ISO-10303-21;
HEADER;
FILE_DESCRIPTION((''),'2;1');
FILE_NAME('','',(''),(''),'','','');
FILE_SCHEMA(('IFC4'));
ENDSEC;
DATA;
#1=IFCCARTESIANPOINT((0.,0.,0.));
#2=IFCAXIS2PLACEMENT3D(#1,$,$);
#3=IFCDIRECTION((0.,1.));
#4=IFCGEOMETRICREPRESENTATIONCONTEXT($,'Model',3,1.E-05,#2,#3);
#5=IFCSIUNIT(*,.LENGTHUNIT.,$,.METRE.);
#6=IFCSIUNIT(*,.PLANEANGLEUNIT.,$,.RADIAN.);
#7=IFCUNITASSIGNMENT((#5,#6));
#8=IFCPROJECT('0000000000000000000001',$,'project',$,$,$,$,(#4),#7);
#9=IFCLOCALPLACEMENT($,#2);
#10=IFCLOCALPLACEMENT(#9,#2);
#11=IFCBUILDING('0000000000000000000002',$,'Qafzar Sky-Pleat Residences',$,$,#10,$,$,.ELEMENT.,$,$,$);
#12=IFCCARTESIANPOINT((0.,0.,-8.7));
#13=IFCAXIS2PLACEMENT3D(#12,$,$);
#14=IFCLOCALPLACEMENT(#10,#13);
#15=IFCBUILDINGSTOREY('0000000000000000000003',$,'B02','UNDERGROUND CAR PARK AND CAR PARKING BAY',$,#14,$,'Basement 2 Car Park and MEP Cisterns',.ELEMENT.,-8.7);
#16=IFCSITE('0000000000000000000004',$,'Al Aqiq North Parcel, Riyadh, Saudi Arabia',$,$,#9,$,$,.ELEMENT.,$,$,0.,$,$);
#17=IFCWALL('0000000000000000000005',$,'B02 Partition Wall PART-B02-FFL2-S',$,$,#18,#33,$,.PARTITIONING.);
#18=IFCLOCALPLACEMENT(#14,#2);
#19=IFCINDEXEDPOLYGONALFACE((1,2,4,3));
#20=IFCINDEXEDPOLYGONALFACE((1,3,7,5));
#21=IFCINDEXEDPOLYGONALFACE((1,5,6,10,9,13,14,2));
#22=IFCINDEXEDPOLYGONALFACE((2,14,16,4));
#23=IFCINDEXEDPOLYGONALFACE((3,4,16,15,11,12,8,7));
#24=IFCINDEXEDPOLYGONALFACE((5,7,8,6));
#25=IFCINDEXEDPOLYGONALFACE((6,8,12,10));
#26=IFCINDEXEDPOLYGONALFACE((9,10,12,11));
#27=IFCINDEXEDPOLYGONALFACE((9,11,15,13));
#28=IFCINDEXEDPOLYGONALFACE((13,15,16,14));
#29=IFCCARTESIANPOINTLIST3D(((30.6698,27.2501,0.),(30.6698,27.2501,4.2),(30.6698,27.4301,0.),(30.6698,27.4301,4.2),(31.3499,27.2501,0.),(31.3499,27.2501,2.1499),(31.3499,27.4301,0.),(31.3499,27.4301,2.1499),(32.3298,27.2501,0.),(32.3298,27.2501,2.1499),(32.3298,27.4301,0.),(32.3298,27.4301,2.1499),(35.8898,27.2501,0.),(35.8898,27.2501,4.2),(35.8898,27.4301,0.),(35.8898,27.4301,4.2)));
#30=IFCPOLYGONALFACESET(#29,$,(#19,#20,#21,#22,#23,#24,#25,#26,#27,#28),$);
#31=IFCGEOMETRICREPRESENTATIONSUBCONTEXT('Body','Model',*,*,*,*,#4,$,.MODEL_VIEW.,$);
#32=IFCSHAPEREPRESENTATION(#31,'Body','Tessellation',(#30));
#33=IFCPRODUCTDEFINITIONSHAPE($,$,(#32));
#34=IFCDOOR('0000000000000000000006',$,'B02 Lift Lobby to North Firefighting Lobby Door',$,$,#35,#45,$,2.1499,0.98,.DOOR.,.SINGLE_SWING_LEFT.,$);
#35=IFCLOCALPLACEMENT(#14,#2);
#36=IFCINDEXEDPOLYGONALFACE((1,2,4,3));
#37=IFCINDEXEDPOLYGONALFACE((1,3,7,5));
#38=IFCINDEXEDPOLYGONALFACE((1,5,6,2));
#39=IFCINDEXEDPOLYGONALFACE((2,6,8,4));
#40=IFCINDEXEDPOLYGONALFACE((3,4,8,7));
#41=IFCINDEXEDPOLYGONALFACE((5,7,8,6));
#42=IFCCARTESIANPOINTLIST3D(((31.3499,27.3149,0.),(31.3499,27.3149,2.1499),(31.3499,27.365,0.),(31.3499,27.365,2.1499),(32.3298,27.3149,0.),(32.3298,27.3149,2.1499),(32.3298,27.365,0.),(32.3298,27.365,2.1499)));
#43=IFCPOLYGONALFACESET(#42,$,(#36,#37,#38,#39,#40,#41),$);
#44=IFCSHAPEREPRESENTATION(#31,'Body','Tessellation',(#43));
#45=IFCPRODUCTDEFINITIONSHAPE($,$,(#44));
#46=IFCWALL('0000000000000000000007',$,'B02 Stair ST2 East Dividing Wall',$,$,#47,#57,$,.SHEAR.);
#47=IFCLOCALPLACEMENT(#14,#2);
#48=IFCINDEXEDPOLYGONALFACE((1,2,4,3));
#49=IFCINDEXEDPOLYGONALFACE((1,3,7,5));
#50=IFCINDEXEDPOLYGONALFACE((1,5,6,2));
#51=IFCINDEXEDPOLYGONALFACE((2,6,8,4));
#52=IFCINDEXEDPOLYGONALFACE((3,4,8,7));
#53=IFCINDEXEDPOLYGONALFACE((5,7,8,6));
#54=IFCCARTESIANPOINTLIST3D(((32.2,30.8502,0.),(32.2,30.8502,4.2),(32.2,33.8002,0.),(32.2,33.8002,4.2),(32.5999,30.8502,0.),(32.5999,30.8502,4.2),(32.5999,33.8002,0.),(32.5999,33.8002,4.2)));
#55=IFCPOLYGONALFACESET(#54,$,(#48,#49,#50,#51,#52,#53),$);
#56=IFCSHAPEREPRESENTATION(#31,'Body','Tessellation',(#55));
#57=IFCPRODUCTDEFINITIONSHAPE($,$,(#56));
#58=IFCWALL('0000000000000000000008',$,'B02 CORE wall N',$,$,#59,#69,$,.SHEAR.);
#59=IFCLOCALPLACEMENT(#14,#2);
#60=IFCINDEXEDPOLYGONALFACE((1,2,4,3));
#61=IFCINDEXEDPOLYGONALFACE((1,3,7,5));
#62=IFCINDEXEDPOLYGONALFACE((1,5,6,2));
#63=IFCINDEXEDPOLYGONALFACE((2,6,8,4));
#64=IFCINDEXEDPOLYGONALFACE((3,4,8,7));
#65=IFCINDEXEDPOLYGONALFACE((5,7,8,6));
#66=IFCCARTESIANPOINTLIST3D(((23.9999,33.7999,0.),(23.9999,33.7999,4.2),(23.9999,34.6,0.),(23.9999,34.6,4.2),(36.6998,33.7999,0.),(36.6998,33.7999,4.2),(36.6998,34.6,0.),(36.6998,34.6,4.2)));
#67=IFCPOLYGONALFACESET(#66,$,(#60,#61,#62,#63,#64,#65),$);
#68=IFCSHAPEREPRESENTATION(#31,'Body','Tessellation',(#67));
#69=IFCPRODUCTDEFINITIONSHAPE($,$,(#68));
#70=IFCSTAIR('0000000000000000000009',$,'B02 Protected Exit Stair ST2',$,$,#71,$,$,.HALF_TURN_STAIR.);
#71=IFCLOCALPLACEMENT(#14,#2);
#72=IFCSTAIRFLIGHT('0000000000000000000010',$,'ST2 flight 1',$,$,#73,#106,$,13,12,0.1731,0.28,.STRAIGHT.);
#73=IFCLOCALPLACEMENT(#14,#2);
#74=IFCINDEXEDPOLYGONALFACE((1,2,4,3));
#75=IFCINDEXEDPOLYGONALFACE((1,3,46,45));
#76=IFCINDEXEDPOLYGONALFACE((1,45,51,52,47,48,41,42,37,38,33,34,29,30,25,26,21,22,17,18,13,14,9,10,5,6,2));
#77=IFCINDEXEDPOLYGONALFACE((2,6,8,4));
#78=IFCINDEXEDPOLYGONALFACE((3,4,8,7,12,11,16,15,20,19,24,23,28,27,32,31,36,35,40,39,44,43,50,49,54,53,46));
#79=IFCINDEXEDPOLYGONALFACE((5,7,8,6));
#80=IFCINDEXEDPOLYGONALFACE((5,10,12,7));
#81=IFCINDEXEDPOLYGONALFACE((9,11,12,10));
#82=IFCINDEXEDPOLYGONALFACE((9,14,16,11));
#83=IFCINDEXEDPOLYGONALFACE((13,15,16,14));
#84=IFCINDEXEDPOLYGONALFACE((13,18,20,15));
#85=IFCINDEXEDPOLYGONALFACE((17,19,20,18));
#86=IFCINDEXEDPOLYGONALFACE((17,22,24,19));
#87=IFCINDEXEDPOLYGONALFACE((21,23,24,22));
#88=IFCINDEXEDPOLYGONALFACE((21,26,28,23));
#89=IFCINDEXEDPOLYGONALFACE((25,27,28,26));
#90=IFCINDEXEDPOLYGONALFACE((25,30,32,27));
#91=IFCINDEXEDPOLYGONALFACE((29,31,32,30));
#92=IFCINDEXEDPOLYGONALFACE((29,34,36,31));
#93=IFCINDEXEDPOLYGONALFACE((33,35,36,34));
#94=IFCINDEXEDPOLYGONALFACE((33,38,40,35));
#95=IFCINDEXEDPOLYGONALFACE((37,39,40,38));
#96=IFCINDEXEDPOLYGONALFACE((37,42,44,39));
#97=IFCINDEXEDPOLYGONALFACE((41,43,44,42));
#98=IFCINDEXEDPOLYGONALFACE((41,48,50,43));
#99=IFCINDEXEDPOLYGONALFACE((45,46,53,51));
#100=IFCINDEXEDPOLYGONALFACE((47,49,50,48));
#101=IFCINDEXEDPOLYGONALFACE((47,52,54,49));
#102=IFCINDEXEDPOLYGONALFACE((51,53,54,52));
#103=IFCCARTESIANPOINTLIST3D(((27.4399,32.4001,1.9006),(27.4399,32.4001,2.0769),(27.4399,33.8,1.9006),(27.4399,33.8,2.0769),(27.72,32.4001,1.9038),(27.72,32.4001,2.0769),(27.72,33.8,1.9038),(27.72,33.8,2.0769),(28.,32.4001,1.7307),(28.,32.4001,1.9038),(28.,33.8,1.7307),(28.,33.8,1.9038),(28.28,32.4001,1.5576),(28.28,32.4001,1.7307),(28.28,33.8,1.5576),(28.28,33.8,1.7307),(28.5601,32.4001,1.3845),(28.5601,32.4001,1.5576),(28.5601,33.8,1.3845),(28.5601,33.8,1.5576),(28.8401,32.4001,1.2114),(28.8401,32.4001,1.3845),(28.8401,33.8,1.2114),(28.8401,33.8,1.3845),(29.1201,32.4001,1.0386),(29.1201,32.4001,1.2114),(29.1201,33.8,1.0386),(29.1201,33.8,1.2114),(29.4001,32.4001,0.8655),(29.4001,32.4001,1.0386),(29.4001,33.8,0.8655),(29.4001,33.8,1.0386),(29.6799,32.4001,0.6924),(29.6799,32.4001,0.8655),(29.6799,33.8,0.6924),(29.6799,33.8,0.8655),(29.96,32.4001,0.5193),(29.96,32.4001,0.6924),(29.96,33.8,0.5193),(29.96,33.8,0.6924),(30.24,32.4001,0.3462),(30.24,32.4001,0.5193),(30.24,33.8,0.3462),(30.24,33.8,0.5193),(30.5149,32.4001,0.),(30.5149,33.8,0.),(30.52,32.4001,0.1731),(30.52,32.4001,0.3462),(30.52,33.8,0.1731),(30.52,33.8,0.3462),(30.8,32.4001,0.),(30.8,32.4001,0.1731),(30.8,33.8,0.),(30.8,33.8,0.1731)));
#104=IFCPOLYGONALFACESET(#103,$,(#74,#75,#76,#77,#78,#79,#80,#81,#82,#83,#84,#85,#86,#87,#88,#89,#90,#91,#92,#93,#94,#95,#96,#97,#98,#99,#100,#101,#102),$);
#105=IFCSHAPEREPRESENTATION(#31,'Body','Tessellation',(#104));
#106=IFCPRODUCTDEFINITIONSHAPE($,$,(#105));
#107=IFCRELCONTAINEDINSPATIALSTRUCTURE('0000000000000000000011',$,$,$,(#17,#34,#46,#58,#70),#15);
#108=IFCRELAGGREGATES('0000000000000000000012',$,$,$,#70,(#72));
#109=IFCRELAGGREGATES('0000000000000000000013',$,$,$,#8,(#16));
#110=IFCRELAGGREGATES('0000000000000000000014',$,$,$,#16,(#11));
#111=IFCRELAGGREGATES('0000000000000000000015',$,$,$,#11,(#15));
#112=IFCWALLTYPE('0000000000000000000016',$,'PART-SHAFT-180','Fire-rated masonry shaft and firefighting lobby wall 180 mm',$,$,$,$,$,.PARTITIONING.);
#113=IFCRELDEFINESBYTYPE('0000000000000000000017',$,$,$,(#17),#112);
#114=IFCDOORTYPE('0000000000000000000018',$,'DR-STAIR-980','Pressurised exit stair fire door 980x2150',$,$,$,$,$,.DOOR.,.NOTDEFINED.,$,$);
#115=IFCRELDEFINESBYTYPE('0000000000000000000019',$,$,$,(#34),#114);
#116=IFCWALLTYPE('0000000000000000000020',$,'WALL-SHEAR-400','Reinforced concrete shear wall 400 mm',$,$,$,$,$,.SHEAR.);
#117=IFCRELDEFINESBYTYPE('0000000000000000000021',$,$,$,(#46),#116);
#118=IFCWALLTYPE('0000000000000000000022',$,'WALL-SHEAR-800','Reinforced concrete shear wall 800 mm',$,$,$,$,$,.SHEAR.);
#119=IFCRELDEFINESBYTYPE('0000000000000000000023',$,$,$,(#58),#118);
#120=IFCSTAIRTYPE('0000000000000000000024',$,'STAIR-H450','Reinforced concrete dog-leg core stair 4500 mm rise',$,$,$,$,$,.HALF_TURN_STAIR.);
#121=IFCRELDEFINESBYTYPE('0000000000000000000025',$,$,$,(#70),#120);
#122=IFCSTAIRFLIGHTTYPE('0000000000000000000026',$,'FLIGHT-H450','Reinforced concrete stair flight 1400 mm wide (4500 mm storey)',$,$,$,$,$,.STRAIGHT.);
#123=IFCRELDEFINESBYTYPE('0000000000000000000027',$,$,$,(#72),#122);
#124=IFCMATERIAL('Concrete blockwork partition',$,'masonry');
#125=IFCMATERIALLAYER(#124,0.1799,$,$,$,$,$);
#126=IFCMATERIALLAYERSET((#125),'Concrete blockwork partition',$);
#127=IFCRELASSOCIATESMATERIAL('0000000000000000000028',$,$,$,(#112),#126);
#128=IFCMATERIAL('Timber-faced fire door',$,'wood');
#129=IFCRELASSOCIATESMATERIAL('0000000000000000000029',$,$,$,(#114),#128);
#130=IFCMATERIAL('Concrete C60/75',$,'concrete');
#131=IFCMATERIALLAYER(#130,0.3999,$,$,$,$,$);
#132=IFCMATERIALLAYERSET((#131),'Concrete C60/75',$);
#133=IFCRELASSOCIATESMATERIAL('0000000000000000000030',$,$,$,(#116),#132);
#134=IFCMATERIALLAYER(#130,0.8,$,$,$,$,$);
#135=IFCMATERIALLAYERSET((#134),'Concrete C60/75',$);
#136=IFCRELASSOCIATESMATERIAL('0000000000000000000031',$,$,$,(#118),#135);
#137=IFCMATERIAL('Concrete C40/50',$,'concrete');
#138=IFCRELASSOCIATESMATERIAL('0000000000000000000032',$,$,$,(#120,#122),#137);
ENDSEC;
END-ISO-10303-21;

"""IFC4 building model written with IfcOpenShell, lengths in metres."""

from ifc_helpers import new_model, si_unit, direction, frame, frame_2d, origin, place, context, subcontext, project, spatial, polyline, rectangle, outline, extrude, source, transform, mapped, material, layer, layer_set, type_object, element, fill, aggregate, save


model = new_model("IFC4")

# Units and contexts
model_context = context("Model", 3, precision=1e-05, world=origin(), true_north=direction((0.0, 1.0)))
body_context = subcontext(model_context, "Body", "Model", "MODEL_VIEW")
ifc_project = project(units=[si_unit("LENGTHUNIT", "METRE"), si_unit("PLANEANGLEUNIT", "RADIAN")], contexts=[model_context])

# Site, building, storey
site_placement = place(None, origin())
site = spatial("IfcSite", under=ifc_project, at=site_placement, Name="Al Aqiq North Parcel, Riyadh, Saudi Arabia", CompositionType="ELEMENT", RefElevation=0.0)
building_placement = place(site_placement, origin())
building = spatial("IfcBuilding", under=site, at=building_placement, Name="Qafzar Sky-Pleat Residences", CompositionType="ELEMENT")
storey_placement = place(building_placement, frame((0.0, 0.0, -8.7)))
storey = spatial("IfcBuildingStorey", under=building, at=storey_placement, Name="B02", Description="UNDERGROUND CAR PARK AND CAR PARKING BAY", LongName="Basement 2 Car Park and MEP Cisterns", CompositionType="ELEMENT", Elevation=-8.7)

# Shared definitions
ifc_material_1 = material(Name="Timber-faced fire door", Category="wood")

# Wall, opening, door
ifc_material_2 = material(Name="Concrete blockwork partition", Category="masonry")
ifc_layer_1 = layer(ifc_material_2, 0.1799)
ifc_layer_set_1 = layer_set([ifc_layer_1], Name="Concrete blockwork partition")
wall_type_1 = type_object("IfcWallType", Name="PART-SHAFT-180", Description="Fire-rated masonry shaft and firefighting lobby wall 180 mm", PredefinedType="PARTITIONING", material=ifc_layer_set_1)
wall_1_placement = place(storey_placement, frame((30.6699, 27.3401, 0.0), z_axis=(0.0, 0.0, 1.0), x_axis=(1.0, 0.0, 0.0)))
wall_1 = element("IfcWall", 1, at=wall_1_placement, inside=storey, type_object=wall_type_1, Name="B02 Partition Wall PART-B02-FFL2-S", PredefinedType="PARTITIONING", context=body_context, shape_type="SweptSolid", body=[
    extrude(rectangle(XDim=5.22, YDim=0.1799, at=frame_2d((2.6099, 0.0))), origin(), (0.0, 0.0, 1.0), 4.2),
])
opening_1_placement = place(wall_1_placement, frame((0.6799, 0.0, 0.0)))
opening_1 = element("IfcOpeningElement", 2, at=opening_1_placement, cuts=wall_1, PredefinedType="OPENING", context=body_context, shape_type="SweptSolid", body=[
    extrude(rectangle(XDim=0.98, YDim=2.1499, at=frame_2d((0.49, 1.075))), frame((0.0, 0.1001, 0.0), z_axis=(0.0, -1.0, 0.0), x_axis=(1.0, 0.0, 0.0)), (0.0, 0.0, 1.0), 0.2),
])
door_type_1 = type_object("IfcDoorType", Name="DR-STAIR-980", Description="Pressurised exit stair fire door 980x2150", OperationType="NOTDEFINED", PredefinedType="DOOR", material=ifc_material_1)
shared_shape_1 = source(origin(), body_context, "Body", "SweptSolid", [
    extrude(rectangle(XDim=0.98, YDim=2.1499, at=frame_2d((0.49, 1.075))), frame((0.0, 0.0249, 0.0), z_axis=(0.0, -1.0, 0.0), x_axis=(1.0, 0.0, 0.0)), (0.0, 0.0, 1.0), 0.05),
])
door_1_placement = place(opening_1_placement, origin())
door_1 = element("IfcDoor", 3, at=door_1_placement, inside=storey, type_object=door_type_1, Name="B02 Lift Lobby to North Firefighting Lobby Door", OperationType="SINGLE_SWING_LEFT", OverallHeight=2.1499, OverallWidth=0.98, PredefinedType="DOOR", context=body_context, shape_type="MappedRepresentation", body=[
    mapped(shared_shape_1, transform((0.0, 0.0, 0.0), x_axis=(1.0, 0.0, 0.0), y_axis=(0.0, 1.0, 0.0), z_axis=(0.0, 0.0, 1.0), scale=1.0)),
])
fill(opening_1, door_1)

# Walls
ifc_material_3 = material(Name="Concrete C60/75", Category="concrete")
ifc_layer_2 = layer(ifc_material_3, 0.3999)
ifc_layer_set_2 = layer_set([ifc_layer_2], Name="Concrete C60/75")
wall_type_2 = type_object("IfcWallType", Name="WALL-SHEAR-400", Description="Reinforced concrete shear wall 400 mm", PredefinedType="SHEAR", material=ifc_layer_set_2)
wall_2_placement = place(storey_placement, frame((32.3999, 30.8501, 0.0), z_axis=(0.0, 0.0, 1.0), x_axis=(0.0, 1.0, 0.0)))
element("IfcWall", 4, at=wall_2_placement, inside=storey, type_object=wall_type_2, Name="B02 Stair ST2 East Dividing Wall", PredefinedType="SHEAR", context=body_context, shape_type="SweptSolid", body=[
    extrude(rectangle(XDim=2.95, YDim=0.3999, at=frame_2d((1.4751, 0.0))), origin(), (0.0, 0.0, 1.0), 4.2),
])
ifc_layer_3 = layer(ifc_material_3, 0.8)
ifc_layer_set_3 = layer_set([ifc_layer_3], Name="Concrete C60/75")
wall_type_3 = type_object("IfcWallType", Name="WALL-SHEAR-800", Description="Reinforced concrete shear wall 800 mm", PredefinedType="SHEAR", material=ifc_layer_set_3)
wall_3_placement = place(storey_placement, frame((36.7, 34.2, 0.0), z_axis=(0.0, 0.0, 1.0), x_axis=(-1.0, 0.0, 0.0)))
element("IfcWall", 5, at=wall_3_placement, inside=storey, type_object=wall_type_3, Name="B02 CORE wall N", PredefinedType="SHEAR", context=body_context, shape_type="SweptSolid", body=[
    extrude(rectangle(XDim=12.7, YDim=0.8, at=frame_2d((6.3501, 0.0))), origin(), (0.0, 0.0, 1.0), 4.2),
])

# Stair, stair flight
ifc_material_4 = material(Name="Concrete C40/50", Category="concrete")
stair_type = type_object("IfcStairType", Name="STAIR-H450", Description="Reinforced concrete dog-leg core stair 4500 mm rise", PredefinedType="HALF_TURN_STAIR", material=ifc_material_4)
stair_placement = place(storey_placement, origin())
stair = element("IfcStair", 6, at=stair_placement, inside=storey, type_object=stair_type, Name="B02 Protected Exit Stair ST2", PredefinedType="HALF_TURN_STAIR")
stair_flight_type = type_object("IfcStairFlightType", Name="FLIGHT-H450", Description="Reinforced concrete stair flight 1400 mm wide (4500 mm storey)", PredefinedType="STRAIGHT", material=ifc_material_4)
shared_shape_2 = source(origin(), body_context, "Body", "SweptSolid", [
    extrude(outline(polyline([(0.0, 0.0), (0.0, 0.1731), (0.28, 0.1731), (0.28, 0.3462), (0.5601, 0.3462), (0.5601, 0.5193), (0.8401, 0.5193), (0.8401, 0.6924), (1.1201, 0.6924), (1.1201, 0.8655), (1.3999, 0.8655), (1.3999, 1.0386), (1.6799, 1.0386), (1.6799, 1.2114), (1.96, 1.2114), (1.96, 1.3845), (2.24, 1.3845), (2.24, 1.5576), (2.52, 1.5576), (2.52, 1.7307), (2.8, 1.7307), (2.8, 1.9038), (3.0801, 1.9038), (3.0801, 2.0769), (3.3601, 2.0769), (3.3601, 2.25), (3.3601, 1.9006), (0.2852, 0.0), (0.0, 0.0)])), frame((0.0, 0.7, 0.0), z_axis=(0.0, -1.0, 0.0), x_axis=(1.0, 0.0, 0.0)), (0.0, 0.0, 1.0), 1.3999),
])
stair_flight_placement = place(storey_placement, frame((30.8, 33.1001, 0.0), z_axis=(0.0, 0.0, 1.0), x_axis=(-1.0, 0.0, 0.0)))
stair_flight = element("IfcStairFlight", 7, at=stair_flight_placement, type_object=stair_flight_type, Name="ST2 flight 1", NumberOfRisers=13, NumberOfTreads=12, PredefinedType="STRAIGHT", RiserHeight=0.1731, TreadLength=0.28, context=body_context, shape_type="MappedRepresentation", body=[
    mapped(shared_shape_2, transform((0.0, 0.0, 0.0), x_axis=(1.0, 0.0, 0.0), y_axis=(0.0, 1.0, 0.0), z_axis=(0.0, 0.0, 1.0), scale=1.0)),
])
aggregate(stair, [stair_flight])

save(model, "model.ifc")
